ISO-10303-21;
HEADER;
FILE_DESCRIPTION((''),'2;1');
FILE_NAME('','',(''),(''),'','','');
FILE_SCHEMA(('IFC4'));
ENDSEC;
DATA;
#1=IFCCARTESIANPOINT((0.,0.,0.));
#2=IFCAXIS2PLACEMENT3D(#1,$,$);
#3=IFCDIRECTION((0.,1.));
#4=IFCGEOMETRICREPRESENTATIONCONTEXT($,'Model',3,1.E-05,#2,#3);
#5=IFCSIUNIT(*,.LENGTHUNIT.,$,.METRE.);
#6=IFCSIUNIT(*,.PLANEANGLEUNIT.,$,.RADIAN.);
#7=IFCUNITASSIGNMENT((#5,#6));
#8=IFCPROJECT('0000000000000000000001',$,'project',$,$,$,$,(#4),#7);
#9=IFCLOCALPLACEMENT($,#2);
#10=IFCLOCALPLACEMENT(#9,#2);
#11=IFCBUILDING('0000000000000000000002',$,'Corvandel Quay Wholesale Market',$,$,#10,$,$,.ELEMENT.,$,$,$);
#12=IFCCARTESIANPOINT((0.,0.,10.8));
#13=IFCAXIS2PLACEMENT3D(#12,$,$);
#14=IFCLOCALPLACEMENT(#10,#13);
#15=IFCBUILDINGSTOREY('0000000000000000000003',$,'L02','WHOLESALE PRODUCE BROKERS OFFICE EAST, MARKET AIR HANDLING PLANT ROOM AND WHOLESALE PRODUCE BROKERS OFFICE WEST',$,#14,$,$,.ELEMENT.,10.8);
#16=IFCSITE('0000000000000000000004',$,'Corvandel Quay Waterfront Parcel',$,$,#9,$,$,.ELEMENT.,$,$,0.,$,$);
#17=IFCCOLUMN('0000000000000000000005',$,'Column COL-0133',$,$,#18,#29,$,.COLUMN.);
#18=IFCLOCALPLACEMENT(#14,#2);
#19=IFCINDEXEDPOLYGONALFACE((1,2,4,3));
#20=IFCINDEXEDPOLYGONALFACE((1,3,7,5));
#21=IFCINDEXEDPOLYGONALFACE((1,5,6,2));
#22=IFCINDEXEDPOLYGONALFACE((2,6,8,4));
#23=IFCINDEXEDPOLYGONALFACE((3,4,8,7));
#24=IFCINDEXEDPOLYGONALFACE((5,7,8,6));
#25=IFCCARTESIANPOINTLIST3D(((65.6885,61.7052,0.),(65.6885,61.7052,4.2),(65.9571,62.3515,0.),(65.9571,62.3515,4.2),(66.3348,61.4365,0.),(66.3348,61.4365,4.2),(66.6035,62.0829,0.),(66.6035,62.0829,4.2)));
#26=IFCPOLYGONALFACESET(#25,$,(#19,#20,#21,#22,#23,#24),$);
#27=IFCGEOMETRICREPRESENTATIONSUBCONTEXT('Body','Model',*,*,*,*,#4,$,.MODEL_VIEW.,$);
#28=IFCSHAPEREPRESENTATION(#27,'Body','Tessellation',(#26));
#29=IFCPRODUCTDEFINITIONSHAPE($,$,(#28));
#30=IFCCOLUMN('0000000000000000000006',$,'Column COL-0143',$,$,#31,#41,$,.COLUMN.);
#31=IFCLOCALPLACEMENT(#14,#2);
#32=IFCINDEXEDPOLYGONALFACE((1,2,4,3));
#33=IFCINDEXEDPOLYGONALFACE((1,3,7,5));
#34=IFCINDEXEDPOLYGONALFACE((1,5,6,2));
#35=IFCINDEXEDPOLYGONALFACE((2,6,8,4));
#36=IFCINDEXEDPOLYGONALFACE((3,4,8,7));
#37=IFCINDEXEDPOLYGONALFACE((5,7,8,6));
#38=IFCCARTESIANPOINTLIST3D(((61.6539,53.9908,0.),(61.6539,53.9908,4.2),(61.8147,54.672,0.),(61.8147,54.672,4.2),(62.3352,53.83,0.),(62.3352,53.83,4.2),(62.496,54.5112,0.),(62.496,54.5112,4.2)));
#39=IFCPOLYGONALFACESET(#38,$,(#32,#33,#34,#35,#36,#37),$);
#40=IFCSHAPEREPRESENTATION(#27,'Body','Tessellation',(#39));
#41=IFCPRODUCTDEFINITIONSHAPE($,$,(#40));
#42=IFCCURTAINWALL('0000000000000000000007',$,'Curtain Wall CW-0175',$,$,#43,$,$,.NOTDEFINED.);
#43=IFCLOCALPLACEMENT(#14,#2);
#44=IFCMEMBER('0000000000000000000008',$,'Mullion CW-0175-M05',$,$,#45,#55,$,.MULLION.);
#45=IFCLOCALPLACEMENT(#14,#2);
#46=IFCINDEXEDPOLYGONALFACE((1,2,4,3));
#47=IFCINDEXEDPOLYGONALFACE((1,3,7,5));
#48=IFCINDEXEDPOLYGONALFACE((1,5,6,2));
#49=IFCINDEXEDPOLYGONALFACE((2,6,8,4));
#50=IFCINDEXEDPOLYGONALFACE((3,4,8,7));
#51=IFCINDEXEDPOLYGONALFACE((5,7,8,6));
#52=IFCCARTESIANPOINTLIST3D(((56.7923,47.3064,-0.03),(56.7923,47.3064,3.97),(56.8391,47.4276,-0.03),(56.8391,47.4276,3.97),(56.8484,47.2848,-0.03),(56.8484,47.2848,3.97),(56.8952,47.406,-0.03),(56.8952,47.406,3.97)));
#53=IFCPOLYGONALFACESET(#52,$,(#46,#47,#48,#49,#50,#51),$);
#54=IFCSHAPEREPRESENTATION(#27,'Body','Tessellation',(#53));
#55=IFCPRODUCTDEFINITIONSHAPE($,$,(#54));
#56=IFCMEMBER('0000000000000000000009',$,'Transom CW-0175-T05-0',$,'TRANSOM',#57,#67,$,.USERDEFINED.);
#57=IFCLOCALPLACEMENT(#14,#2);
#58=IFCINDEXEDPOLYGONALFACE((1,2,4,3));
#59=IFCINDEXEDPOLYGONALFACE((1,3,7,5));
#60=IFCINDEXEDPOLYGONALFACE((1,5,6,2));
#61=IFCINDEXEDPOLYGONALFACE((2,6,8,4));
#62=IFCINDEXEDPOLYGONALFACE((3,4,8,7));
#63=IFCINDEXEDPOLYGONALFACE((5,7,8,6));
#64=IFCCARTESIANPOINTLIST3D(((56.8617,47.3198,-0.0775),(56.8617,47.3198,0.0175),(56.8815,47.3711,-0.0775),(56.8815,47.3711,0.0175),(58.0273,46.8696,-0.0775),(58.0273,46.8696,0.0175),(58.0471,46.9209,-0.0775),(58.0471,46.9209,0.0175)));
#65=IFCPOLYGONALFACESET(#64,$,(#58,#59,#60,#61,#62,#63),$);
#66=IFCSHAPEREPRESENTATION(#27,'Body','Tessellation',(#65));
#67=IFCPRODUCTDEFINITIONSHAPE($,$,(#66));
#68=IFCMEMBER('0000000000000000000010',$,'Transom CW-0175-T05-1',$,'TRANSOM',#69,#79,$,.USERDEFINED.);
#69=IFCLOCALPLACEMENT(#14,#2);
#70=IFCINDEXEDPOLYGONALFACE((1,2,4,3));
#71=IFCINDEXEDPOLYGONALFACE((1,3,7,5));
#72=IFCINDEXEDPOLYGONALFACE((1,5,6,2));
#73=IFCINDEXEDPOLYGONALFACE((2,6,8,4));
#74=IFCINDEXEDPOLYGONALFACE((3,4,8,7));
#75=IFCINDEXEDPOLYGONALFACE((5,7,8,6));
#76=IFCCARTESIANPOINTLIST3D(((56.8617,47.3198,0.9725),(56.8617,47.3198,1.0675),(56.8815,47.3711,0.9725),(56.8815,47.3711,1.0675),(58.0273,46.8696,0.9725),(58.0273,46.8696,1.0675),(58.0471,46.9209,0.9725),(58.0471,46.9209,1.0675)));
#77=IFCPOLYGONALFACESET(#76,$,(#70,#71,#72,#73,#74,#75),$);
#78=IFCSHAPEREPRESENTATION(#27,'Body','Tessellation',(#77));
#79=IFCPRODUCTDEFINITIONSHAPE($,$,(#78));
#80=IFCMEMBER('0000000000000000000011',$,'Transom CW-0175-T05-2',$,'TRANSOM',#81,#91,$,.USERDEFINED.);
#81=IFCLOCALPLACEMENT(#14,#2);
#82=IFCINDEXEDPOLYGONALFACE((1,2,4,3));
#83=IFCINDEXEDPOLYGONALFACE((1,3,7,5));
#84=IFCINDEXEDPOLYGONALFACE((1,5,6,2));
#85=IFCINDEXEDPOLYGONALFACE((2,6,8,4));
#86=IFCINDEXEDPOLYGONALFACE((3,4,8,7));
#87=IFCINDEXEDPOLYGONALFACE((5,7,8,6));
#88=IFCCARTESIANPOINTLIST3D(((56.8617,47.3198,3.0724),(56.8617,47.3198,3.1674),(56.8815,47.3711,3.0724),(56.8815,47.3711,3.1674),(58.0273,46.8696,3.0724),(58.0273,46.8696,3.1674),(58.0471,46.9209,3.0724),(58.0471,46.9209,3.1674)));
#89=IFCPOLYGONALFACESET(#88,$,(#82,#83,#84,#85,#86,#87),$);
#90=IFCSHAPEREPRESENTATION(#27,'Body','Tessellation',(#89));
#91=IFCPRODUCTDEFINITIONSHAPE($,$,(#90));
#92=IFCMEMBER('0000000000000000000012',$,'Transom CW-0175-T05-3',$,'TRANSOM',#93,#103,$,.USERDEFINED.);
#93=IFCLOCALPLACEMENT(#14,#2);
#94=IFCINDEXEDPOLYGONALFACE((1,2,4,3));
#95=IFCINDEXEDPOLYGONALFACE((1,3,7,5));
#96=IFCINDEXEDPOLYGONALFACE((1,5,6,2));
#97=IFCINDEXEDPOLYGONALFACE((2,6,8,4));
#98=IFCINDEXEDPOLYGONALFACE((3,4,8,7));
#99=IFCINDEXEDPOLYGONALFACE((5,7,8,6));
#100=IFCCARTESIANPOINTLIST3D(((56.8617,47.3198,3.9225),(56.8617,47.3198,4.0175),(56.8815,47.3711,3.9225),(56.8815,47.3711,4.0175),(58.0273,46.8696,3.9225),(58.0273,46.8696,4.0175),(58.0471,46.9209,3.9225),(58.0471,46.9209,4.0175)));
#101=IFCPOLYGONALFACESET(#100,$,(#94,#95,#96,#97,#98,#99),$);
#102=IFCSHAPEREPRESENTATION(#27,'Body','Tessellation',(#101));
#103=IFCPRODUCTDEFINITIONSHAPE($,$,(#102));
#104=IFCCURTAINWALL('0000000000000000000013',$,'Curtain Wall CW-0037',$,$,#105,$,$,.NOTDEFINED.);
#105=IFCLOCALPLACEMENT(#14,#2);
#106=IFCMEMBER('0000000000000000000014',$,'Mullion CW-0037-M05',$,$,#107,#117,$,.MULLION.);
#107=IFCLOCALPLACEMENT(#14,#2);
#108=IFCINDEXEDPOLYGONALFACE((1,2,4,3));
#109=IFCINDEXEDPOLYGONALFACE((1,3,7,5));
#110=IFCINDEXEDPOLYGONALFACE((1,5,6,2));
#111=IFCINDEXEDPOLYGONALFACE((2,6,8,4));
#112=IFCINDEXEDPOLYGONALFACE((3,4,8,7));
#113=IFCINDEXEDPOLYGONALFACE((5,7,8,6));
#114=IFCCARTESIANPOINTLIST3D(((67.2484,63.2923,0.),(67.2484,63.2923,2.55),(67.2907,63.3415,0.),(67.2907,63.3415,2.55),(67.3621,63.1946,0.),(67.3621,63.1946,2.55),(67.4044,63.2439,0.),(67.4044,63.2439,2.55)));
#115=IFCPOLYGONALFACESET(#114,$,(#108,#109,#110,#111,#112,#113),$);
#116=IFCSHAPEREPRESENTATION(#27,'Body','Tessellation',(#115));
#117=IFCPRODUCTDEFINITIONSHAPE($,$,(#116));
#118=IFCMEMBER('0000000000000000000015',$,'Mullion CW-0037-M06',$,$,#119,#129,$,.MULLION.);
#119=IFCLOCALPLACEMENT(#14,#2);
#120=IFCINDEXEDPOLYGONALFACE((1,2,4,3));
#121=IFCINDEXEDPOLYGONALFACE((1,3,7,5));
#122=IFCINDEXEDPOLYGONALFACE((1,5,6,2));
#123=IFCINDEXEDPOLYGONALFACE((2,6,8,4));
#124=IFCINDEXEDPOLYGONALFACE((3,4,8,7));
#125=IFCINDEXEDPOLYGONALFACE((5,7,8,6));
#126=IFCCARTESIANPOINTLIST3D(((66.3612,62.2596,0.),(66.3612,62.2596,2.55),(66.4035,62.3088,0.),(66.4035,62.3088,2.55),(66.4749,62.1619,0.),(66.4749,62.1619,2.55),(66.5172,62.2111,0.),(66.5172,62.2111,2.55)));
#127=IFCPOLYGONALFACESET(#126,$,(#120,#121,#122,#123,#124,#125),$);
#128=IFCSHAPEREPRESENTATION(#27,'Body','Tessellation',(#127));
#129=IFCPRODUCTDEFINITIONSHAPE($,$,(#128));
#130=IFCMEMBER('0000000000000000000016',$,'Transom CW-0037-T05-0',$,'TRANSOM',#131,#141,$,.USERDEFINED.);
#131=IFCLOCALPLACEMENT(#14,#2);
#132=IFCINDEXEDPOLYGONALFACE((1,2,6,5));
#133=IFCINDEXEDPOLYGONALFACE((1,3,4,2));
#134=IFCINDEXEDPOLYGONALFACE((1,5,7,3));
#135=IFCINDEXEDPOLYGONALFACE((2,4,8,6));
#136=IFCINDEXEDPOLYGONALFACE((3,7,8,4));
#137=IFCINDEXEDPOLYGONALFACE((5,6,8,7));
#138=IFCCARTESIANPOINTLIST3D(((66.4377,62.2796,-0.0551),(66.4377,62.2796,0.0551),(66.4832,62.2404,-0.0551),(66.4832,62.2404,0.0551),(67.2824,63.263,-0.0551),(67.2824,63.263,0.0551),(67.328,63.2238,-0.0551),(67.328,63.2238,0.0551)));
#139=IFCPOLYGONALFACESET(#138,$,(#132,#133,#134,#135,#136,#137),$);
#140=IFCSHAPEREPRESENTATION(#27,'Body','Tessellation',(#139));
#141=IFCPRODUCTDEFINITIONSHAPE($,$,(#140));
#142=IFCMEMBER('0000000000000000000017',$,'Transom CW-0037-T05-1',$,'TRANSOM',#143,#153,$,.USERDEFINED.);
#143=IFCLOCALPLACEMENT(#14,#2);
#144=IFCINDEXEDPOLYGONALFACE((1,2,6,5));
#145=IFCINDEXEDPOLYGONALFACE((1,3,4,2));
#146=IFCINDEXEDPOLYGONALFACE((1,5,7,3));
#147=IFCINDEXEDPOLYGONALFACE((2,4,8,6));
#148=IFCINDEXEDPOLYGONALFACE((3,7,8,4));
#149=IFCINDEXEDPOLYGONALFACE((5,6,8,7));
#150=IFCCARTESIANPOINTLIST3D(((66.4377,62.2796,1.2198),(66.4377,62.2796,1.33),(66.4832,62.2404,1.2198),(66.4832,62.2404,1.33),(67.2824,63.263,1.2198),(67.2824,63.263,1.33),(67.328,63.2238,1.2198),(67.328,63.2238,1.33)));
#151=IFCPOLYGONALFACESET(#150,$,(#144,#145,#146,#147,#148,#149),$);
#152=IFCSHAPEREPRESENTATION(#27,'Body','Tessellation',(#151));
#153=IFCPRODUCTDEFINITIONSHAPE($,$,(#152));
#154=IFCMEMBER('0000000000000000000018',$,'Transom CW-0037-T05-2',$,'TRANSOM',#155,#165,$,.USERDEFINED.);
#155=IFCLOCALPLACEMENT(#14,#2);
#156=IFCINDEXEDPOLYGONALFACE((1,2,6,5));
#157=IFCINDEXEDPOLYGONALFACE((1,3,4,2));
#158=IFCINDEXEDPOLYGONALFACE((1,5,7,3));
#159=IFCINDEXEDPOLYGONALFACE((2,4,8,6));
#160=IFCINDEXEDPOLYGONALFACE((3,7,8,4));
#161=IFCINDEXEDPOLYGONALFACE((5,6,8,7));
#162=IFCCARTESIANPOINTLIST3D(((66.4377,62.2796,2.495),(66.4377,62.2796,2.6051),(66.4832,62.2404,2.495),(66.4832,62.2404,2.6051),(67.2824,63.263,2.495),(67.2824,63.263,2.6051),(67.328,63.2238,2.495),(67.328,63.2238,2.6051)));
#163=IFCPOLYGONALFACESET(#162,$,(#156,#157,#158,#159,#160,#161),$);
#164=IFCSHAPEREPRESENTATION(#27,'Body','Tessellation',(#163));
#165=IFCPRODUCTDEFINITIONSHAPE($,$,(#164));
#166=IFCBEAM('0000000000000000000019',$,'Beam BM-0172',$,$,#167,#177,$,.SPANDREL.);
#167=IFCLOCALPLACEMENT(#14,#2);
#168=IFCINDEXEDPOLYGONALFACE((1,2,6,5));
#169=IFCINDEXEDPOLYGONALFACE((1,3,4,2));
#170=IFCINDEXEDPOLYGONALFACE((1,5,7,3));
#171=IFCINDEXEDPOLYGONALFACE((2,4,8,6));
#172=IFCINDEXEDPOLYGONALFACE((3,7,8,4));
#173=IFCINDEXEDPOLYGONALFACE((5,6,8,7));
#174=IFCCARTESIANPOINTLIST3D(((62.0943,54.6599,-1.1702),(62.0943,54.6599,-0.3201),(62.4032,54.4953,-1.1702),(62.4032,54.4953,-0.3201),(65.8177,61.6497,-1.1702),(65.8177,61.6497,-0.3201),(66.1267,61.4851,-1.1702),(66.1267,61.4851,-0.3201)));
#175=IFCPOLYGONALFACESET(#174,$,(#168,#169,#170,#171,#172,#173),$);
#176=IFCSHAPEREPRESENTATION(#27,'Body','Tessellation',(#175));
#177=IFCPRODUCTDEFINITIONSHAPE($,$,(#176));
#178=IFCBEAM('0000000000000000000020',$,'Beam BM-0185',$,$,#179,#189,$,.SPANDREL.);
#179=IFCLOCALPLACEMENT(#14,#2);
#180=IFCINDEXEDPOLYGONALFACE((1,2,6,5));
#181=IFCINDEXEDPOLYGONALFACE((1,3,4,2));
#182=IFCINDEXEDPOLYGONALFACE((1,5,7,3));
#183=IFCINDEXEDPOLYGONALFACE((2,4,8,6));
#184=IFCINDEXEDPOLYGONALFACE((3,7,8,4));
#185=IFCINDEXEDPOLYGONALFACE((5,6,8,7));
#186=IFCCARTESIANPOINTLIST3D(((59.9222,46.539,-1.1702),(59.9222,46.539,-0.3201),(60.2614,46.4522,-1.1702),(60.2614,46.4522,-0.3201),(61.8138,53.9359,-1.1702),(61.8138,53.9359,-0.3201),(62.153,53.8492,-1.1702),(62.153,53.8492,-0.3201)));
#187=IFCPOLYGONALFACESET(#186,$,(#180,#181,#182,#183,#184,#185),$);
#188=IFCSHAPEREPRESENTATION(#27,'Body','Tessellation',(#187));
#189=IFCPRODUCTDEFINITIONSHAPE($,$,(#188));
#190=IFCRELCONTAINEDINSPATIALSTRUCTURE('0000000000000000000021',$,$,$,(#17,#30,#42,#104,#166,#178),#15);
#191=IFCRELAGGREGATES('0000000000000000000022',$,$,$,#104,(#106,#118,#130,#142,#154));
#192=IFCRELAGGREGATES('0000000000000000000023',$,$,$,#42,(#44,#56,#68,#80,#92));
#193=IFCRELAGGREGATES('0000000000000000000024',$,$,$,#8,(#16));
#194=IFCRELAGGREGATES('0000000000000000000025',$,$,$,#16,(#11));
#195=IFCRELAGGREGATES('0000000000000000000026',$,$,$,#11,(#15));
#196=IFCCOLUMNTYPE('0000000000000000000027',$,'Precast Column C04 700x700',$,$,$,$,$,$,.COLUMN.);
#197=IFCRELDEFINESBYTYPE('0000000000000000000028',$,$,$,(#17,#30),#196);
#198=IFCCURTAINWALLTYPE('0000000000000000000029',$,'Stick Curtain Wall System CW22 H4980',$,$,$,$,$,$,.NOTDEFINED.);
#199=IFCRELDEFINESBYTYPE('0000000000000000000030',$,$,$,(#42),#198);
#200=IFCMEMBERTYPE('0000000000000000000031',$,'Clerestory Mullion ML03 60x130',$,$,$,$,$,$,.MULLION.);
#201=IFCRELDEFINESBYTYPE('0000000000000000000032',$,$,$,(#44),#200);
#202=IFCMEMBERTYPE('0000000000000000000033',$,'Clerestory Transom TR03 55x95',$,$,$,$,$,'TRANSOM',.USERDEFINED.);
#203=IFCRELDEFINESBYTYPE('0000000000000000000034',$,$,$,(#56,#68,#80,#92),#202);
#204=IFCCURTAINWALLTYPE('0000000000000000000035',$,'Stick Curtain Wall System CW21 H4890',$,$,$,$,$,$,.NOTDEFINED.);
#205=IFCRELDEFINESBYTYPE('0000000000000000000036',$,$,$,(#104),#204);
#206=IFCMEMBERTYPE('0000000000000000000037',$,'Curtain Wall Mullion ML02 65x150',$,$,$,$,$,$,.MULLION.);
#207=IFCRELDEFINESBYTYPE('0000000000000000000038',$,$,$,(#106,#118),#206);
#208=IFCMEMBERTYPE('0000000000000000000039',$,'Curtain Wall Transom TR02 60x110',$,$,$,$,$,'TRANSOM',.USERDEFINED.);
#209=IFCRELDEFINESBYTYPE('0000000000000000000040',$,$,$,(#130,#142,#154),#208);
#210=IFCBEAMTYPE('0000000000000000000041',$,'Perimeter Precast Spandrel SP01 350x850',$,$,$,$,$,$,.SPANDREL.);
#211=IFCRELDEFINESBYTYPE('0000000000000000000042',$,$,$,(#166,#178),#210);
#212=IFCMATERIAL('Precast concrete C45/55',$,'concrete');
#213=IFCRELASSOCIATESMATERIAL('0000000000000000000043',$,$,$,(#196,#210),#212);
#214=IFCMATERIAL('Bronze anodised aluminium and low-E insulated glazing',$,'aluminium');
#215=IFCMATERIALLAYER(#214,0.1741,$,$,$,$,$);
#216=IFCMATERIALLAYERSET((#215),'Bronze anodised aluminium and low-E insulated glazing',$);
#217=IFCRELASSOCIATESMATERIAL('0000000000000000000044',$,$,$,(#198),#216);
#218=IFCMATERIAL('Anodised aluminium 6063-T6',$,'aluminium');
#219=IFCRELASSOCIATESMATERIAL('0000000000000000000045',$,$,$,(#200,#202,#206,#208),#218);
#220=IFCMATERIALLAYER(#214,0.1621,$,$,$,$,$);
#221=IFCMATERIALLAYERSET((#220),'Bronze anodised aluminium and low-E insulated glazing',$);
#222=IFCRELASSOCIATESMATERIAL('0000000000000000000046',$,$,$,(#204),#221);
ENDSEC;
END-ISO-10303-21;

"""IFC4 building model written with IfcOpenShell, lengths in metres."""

from ifc_helpers import new_model, si_unit, direction, frame, origin, origin_2d, place, context, subcontext, project, spatial, rectangle, extrude, material, layer, layer_set, material_profile, profile_set, type_object, element, aggregate, save


model = new_model("IFC4")

# Units and contexts
model_context = context("Model", 3, precision=1e-05, world=origin(), true_north=direction((0.0, 1.0)))
body_context = subcontext(model_context, "Body", "Model", "MODEL_VIEW")
ifc_project = project(units=[si_unit("LENGTHUNIT", "METRE"), si_unit("PLANEANGLEUNIT", "RADIAN")], contexts=[model_context])

# Site, building, storey
site_placement = place(None, origin())
site = spatial("IfcSite", under=ifc_project, at=site_placement, Name="Corvandel Quay Waterfront Parcel", CompositionType="ELEMENT", RefElevation=0.0)
building_placement = place(site_placement, origin())
building = spatial("IfcBuilding", under=site, at=building_placement, Name="Corvandel Quay Wholesale Market", CompositionType="ELEMENT")
storey_placement = place(building_placement, frame((0.0, 0.0, 10.8)))
storey = spatial("IfcBuildingStorey", under=building, at=storey_placement, Name="L02", Description="WHOLESALE PRODUCE BROKERS OFFICE EAST, MARKET AIR HANDLING PLANT ROOM AND WHOLESALE PRODUCE BROKERS OFFICE WEST", CompositionType="ELEMENT", Elevation=10.8)

# Columns
ifc_material_1 = material(Name="Precast concrete C45/55", Category="concrete")
ifc_material_profile_1 = material_profile(ifc_material_1, rectangle(XDim=0.7, YDim=0.7, at=origin_2d()), Name="PC-COL-700x700")
ifc_profile_set_1 = profile_set([ifc_material_profile_1], Name="Precast concrete C45/55")
column_type = type_object("IfcColumnType", Name="Precast Column C04 700x700", PredefinedType="COLUMN", material=ifc_profile_set_1)
for number, where, z_axis, x_axis, name in (
    (1, (66.146, 61.894, 0.0), (0.0, 0.0, 1.0), (0.383812, 0.923411, 0.0), "Column COL-0133"),
    (2, (62.075, 54.251, 0.0), (0.0, 0.0, 1.0), (0.22971, 0.973259, 0.0), "Column COL-0143"),
):
    element("IfcColumn", number, at=place(storey_placement, frame(where, z_axis=z_axis, x_axis=x_axis)), inside=storey, type_object=column_type, Name=name, PredefinedType="COLUMN", context=body_context, shape_type="SweptSolid", body=[
        extrude(rectangle(XDim=0.7, YDim=0.7, at=origin_2d()), origin(), (0.0, 0.0, 1.0), 4.2),
    ])

# Curtain walls, members
ifc_material_2 = material(Name="Bronze anodised aluminium and low-E insulated glazing", Category="aluminium")
ifc_layer_1 = layer(ifc_material_2, 0.1741)
ifc_layer_set_1 = layer_set([ifc_layer_1], Name="Bronze anodised aluminium and low-E insulated glazing")
curtain_wall_type_1 = type_object("IfcCurtainWallType", Name="Stick Curtain Wall System CW22 H4980", PredefinedType="NOTDEFINED", material=ifc_layer_set_1)
curtain_wall_1_placement = place(storey_placement, origin())
curtain_wall_1 = element("IfcCurtainWall", 3, at=curtain_wall_1_placement, inside=storey, type_object=curtain_wall_type_1, Name="Curtain Wall CW-0175", PredefinedType="NOTDEFINED")
ifc_material_3 = material(Name="Anodised aluminium 6063-T6", Category="aluminium")
ifc_material_profile_2 = material_profile(ifc_material_3, rectangle(XDim=0.0601, YDim=0.1299, at=origin_2d()), Name="ALU-MUL-60x130")
ifc_profile_set_2 = profile_set([ifc_material_profile_2], Name="Anodised aluminium 6063-T6")
member_type_1 = type_object("IfcMemberType", Name="Clerestory Mullion ML03 60x130", PredefinedType="MULLION", material=ifc_profile_set_2)
member_1_placement = place(storey_placement, frame((56.8438, 47.3562, -0.03), z_axis=(0.0, 0.0, 1.0), x_axis=(-0.932828, 0.360322, 0.0)))
member_1 = element("IfcMember", 4, at=member_1_placement, type_object=member_type_1, Name="Mullion CW-0175-M05", PredefinedType="MULLION", context=body_context, shape_type="SweptSolid", body=[
    extrude(rectangle(XDim=0.0601, YDim=0.1299, at=origin_2d()), origin(), (0.0, 0.0, 1.0), 4.0),
])
ifc_material_profile_3 = material_profile(ifc_material_3, rectangle(XDim=0.0549, YDim=0.095, at=origin_2d()), Name="ALU-TRN-55x95")
ifc_profile_set_3 = profile_set([ifc_material_profile_3], Name="Anodised aluminium 6063-T6")
member_type_2 = type_object("IfcMemberType", Name="Clerestory Transom TR03 55x95", ElementType="TRANSOM", PredefinedType="USERDEFINED", material=ifc_profile_set_3)
member_2_placement = place(storey_placement, frame((56.8716, 47.3455, -0.03), z_axis=(0.932831, -0.360314, 0.0), x_axis=(0.360314, 0.932831, 0.0)))
member_2 = element("IfcMember", 5, at=member_2_placement, type_object=member_type_2, Name="Transom CW-0175-T05-0", ObjectType="TRANSOM", PredefinedType="USERDEFINED", context=body_context, shape_type="SweptSolid", body=[
    extrude(rectangle(XDim=0.0549, YDim=0.095, at=origin_2d()), origin(), (0.0, 0.0, 1.0), 1.2495),
])
member_3_placement = place(storey_placement, frame((56.8716, 47.3455, 1.02), z_axis=(0.932831, -0.360314, 0.0), x_axis=(0.360314, 0.932831, 0.0)))
member_3 = element("IfcMember", 6, at=member_3_placement, type_object=member_type_2, Name="Transom CW-0175-T05-1", ObjectType="TRANSOM", PredefinedType="USERDEFINED", context=body_context, shape_type="SweptSolid", body=[
    extrude(rectangle(XDim=0.0549, YDim=0.095, at=origin_2d()), origin(), (0.0, 0.0, 1.0), 1.2495),
])
member_4_placement = place(storey_placement, frame((56.8716, 47.3455, 3.1199), z_axis=(0.932831, -0.360314, 0.0), x_axis=(0.360314, 0.932831, 0.0)))
member_4 = element("IfcMember", 7, at=member_4_placement, type_object=member_type_2, Name="Transom CW-0175-T05-2", ObjectType="TRANSOM", PredefinedType="USERDEFINED", context=body_context, shape_type="SweptSolid", body=[
    extrude(rectangle(XDim=0.0549, YDim=0.095, at=origin_2d()), origin(), (0.0, 0.0, 1.0), 1.2495),
])
member_5_placement = place(storey_placement, frame((56.8716, 47.3455, 3.97), z_axis=(0.932831, -0.360314, 0.0), x_axis=(0.360314, 0.932831, 0.0)))
member_5 = element("IfcMember", 8, at=member_5_placement, type_object=member_type_2, Name="Transom CW-0175-T05-3", ObjectType="TRANSOM", PredefinedType="USERDEFINED", context=body_context, shape_type="SweptSolid", body=[
    extrude(rectangle(XDim=0.0549, YDim=0.095, at=origin_2d()), origin(), (0.0, 0.0, 1.0), 1.2495),
])
ifc_layer_2 = layer(ifc_material_2, 0.1621)
ifc_layer_set_2 = layer_set([ifc_layer_2], Name="Bronze anodised aluminium and low-E insulated glazing")
curtain_wall_type_2 = type_object("IfcCurtainWallType", Name="Stick Curtain Wall System CW21 H4890", PredefinedType="NOTDEFINED", material=ifc_layer_set_2)
curtain_wall_2_placement = place(storey_placement, origin())
curtain_wall_2 = element("IfcCurtainWall", 9, at=curtain_wall_2_placement, inside=storey, type_object=curtain_wall_type_2, Name="Curtain Wall CW-0037", PredefinedType="NOTDEFINED")
ifc_material_profile_4 = material_profile(ifc_material_3, rectangle(XDim=0.0649, YDim=0.1499, at=origin_2d()), Name="ALU-MUL-65x150")
ifc_profile_set_4 = profile_set([ifc_material_profile_4], Name="Anodised aluminium 6063-T6")
member_type_3 = type_object("IfcMemberType", Name="Curtain Wall Mullion ML02 65x150", PredefinedType="MULLION", material=ifc_profile_set_4)
member_6_placement = place(storey_placement, frame((67.3264, 63.2681, 0.0), z_axis=(0.0, 0.0, 1.0), x_axis=(0.651569, 0.758589, 0.0)))
member_6 = element("IfcMember", 10, at=member_6_placement, type_object=member_type_3, Name="Mullion CW-0037-M05", PredefinedType="MULLION", context=body_context, shape_type="SweptSolid", body=[
    extrude(rectangle(XDim=0.0649, YDim=0.1499, at=origin_2d()), origin(), (0.0, 0.0, 1.0), 2.55),
])
member_7_placement = place(storey_placement, frame((66.4392, 62.2354, 0.0), z_axis=(0.0, 0.0, 1.0), x_axis=(0.651569, 0.758589, 0.0)))
member_7 = element("IfcMember", 11, at=member_7_placement, type_object=member_type_3, Name="Mullion CW-0037-M06", PredefinedType="MULLION", context=body_context, shape_type="SweptSolid", body=[
    extrude(rectangle(XDim=0.0649, YDim=0.1499, at=origin_2d()), origin(), (0.0, 0.0, 1.0), 2.55),
])
ifc_material_profile_5 = material_profile(ifc_material_3, rectangle(XDim=0.0601, YDim=0.1101, at=origin_2d()), Name="ALU-TRN-60x110")
ifc_profile_set_5 = profile_set([ifc_material_profile_5], Name="Anodised aluminium 6063-T6")
member_type_4 = type_object("IfcMemberType", Name="Curtain Wall Transom TR02 60x110", ElementType="TRANSOM", PredefinedType="USERDEFINED", material=ifc_profile_set_5)
member_8_placement = place(storey_placement, frame((67.3052, 63.2434, 0.0), z_axis=(-0.651597, -0.758565, 0.0), x_axis=(0.758565, -0.651597, 0.0)))
member_8 = element("IfcMember", 12, at=member_8_placement, type_object=member_type_4, Name="Transom CW-0037-T05-0", ObjectType="TRANSOM", PredefinedType="USERDEFINED", context=body_context, shape_type="SweptSolid", body=[
    extrude(rectangle(XDim=0.0601, YDim=0.1101, at=origin_2d()), origin(), (0.0, 0.0, 1.0), 1.2964),
])
member_9_placement = place(storey_placement, frame((67.3052, 63.2434, 1.2749), z_axis=(-0.651597, -0.758565, 0.0), x_axis=(0.758565, -0.651597, 0.0)))
member_9 = element("IfcMember", 13, at=member_9_placement, type_object=member_type_4, Name="Transom CW-0037-T05-1", ObjectType="TRANSOM", PredefinedType="USERDEFINED", context=body_context, shape_type="SweptSolid", body=[
    extrude(rectangle(XDim=0.0601, YDim=0.1101, at=origin_2d()), origin(), (0.0, 0.0, 1.0), 1.2964),
])
member_10_placement = place(storey_placement, frame((67.3052, 63.2434, 2.55), z_axis=(-0.651597, -0.758565, 0.0), x_axis=(0.758565, -0.651597, 0.0)))
member_10 = element("IfcMember", 14, at=member_10_placement, type_object=member_type_4, Name="Transom CW-0037-T05-2", ObjectType="TRANSOM", PredefinedType="USERDEFINED", context=body_context, shape_type="SweptSolid", body=[
    extrude(rectangle(XDim=0.0601, YDim=0.1101, at=origin_2d()), origin(), (0.0, 0.0, 1.0), 1.2964),
])

# Beams
ifc_material_profile_6 = material_profile(ifc_material_1, rectangle(XDim=0.3501, YDim=0.8501, at=origin_2d()), Name="PC-SPN-350x850")
ifc_profile_set_6 = profile_set([ifc_material_profile_6], Name="Precast concrete C45/55")
beam_type_1 = type_object("IfcBeamType", Name="Perimeter Precast Spandrel SP01 350x850", PredefinedType="SPANDREL", material=ifc_profile_set_6)
beam_1_placement = place(storey_placement, frame((65.9722, 61.5674, -0.7451), z_axis=(-0.470148, -0.882588, 0.0), x_axis=(0.882588, -0.470148, 0.0)))
element("IfcBeam", 15, at=beam_1_placement, inside=storey, type_object=beam_type_1, Name="Beam BM-0172", PredefinedType="SPANDREL", context=body_context, shape_type="SweptSolid", body=[
    extrude(rectangle(XDim=0.3501, YDim=0.8501, at=origin_2d()), origin(), (0.0, 0.0, 1.0), 7.9197),
])
beam_2_placement = place(storey_placement, frame((61.9834, 53.8926, -0.7451), z_axis=(-0.247754, -0.968823, 0.0), x_axis=(0.968823, -0.247754, 0.0)))
element("IfcBeam", 16, at=beam_2_placement, inside=storey, type_object=beam_type_1, Name="Beam BM-0185", PredefinedType="SPANDREL", context=body_context, shape_type="SweptSolid", body=[
    extrude(rectangle(XDim=0.3501, YDim=0.8501, at=origin_2d()), origin(), (0.0, 0.0, 1.0), 7.635),
])

aggregate(curtain_wall_2, [member_6, member_7, member_8, member_9, member_10])
aggregate(curtain_wall_1, [member_1, member_2, member_3, member_4, member_5])

save(model, "model.ifc")
